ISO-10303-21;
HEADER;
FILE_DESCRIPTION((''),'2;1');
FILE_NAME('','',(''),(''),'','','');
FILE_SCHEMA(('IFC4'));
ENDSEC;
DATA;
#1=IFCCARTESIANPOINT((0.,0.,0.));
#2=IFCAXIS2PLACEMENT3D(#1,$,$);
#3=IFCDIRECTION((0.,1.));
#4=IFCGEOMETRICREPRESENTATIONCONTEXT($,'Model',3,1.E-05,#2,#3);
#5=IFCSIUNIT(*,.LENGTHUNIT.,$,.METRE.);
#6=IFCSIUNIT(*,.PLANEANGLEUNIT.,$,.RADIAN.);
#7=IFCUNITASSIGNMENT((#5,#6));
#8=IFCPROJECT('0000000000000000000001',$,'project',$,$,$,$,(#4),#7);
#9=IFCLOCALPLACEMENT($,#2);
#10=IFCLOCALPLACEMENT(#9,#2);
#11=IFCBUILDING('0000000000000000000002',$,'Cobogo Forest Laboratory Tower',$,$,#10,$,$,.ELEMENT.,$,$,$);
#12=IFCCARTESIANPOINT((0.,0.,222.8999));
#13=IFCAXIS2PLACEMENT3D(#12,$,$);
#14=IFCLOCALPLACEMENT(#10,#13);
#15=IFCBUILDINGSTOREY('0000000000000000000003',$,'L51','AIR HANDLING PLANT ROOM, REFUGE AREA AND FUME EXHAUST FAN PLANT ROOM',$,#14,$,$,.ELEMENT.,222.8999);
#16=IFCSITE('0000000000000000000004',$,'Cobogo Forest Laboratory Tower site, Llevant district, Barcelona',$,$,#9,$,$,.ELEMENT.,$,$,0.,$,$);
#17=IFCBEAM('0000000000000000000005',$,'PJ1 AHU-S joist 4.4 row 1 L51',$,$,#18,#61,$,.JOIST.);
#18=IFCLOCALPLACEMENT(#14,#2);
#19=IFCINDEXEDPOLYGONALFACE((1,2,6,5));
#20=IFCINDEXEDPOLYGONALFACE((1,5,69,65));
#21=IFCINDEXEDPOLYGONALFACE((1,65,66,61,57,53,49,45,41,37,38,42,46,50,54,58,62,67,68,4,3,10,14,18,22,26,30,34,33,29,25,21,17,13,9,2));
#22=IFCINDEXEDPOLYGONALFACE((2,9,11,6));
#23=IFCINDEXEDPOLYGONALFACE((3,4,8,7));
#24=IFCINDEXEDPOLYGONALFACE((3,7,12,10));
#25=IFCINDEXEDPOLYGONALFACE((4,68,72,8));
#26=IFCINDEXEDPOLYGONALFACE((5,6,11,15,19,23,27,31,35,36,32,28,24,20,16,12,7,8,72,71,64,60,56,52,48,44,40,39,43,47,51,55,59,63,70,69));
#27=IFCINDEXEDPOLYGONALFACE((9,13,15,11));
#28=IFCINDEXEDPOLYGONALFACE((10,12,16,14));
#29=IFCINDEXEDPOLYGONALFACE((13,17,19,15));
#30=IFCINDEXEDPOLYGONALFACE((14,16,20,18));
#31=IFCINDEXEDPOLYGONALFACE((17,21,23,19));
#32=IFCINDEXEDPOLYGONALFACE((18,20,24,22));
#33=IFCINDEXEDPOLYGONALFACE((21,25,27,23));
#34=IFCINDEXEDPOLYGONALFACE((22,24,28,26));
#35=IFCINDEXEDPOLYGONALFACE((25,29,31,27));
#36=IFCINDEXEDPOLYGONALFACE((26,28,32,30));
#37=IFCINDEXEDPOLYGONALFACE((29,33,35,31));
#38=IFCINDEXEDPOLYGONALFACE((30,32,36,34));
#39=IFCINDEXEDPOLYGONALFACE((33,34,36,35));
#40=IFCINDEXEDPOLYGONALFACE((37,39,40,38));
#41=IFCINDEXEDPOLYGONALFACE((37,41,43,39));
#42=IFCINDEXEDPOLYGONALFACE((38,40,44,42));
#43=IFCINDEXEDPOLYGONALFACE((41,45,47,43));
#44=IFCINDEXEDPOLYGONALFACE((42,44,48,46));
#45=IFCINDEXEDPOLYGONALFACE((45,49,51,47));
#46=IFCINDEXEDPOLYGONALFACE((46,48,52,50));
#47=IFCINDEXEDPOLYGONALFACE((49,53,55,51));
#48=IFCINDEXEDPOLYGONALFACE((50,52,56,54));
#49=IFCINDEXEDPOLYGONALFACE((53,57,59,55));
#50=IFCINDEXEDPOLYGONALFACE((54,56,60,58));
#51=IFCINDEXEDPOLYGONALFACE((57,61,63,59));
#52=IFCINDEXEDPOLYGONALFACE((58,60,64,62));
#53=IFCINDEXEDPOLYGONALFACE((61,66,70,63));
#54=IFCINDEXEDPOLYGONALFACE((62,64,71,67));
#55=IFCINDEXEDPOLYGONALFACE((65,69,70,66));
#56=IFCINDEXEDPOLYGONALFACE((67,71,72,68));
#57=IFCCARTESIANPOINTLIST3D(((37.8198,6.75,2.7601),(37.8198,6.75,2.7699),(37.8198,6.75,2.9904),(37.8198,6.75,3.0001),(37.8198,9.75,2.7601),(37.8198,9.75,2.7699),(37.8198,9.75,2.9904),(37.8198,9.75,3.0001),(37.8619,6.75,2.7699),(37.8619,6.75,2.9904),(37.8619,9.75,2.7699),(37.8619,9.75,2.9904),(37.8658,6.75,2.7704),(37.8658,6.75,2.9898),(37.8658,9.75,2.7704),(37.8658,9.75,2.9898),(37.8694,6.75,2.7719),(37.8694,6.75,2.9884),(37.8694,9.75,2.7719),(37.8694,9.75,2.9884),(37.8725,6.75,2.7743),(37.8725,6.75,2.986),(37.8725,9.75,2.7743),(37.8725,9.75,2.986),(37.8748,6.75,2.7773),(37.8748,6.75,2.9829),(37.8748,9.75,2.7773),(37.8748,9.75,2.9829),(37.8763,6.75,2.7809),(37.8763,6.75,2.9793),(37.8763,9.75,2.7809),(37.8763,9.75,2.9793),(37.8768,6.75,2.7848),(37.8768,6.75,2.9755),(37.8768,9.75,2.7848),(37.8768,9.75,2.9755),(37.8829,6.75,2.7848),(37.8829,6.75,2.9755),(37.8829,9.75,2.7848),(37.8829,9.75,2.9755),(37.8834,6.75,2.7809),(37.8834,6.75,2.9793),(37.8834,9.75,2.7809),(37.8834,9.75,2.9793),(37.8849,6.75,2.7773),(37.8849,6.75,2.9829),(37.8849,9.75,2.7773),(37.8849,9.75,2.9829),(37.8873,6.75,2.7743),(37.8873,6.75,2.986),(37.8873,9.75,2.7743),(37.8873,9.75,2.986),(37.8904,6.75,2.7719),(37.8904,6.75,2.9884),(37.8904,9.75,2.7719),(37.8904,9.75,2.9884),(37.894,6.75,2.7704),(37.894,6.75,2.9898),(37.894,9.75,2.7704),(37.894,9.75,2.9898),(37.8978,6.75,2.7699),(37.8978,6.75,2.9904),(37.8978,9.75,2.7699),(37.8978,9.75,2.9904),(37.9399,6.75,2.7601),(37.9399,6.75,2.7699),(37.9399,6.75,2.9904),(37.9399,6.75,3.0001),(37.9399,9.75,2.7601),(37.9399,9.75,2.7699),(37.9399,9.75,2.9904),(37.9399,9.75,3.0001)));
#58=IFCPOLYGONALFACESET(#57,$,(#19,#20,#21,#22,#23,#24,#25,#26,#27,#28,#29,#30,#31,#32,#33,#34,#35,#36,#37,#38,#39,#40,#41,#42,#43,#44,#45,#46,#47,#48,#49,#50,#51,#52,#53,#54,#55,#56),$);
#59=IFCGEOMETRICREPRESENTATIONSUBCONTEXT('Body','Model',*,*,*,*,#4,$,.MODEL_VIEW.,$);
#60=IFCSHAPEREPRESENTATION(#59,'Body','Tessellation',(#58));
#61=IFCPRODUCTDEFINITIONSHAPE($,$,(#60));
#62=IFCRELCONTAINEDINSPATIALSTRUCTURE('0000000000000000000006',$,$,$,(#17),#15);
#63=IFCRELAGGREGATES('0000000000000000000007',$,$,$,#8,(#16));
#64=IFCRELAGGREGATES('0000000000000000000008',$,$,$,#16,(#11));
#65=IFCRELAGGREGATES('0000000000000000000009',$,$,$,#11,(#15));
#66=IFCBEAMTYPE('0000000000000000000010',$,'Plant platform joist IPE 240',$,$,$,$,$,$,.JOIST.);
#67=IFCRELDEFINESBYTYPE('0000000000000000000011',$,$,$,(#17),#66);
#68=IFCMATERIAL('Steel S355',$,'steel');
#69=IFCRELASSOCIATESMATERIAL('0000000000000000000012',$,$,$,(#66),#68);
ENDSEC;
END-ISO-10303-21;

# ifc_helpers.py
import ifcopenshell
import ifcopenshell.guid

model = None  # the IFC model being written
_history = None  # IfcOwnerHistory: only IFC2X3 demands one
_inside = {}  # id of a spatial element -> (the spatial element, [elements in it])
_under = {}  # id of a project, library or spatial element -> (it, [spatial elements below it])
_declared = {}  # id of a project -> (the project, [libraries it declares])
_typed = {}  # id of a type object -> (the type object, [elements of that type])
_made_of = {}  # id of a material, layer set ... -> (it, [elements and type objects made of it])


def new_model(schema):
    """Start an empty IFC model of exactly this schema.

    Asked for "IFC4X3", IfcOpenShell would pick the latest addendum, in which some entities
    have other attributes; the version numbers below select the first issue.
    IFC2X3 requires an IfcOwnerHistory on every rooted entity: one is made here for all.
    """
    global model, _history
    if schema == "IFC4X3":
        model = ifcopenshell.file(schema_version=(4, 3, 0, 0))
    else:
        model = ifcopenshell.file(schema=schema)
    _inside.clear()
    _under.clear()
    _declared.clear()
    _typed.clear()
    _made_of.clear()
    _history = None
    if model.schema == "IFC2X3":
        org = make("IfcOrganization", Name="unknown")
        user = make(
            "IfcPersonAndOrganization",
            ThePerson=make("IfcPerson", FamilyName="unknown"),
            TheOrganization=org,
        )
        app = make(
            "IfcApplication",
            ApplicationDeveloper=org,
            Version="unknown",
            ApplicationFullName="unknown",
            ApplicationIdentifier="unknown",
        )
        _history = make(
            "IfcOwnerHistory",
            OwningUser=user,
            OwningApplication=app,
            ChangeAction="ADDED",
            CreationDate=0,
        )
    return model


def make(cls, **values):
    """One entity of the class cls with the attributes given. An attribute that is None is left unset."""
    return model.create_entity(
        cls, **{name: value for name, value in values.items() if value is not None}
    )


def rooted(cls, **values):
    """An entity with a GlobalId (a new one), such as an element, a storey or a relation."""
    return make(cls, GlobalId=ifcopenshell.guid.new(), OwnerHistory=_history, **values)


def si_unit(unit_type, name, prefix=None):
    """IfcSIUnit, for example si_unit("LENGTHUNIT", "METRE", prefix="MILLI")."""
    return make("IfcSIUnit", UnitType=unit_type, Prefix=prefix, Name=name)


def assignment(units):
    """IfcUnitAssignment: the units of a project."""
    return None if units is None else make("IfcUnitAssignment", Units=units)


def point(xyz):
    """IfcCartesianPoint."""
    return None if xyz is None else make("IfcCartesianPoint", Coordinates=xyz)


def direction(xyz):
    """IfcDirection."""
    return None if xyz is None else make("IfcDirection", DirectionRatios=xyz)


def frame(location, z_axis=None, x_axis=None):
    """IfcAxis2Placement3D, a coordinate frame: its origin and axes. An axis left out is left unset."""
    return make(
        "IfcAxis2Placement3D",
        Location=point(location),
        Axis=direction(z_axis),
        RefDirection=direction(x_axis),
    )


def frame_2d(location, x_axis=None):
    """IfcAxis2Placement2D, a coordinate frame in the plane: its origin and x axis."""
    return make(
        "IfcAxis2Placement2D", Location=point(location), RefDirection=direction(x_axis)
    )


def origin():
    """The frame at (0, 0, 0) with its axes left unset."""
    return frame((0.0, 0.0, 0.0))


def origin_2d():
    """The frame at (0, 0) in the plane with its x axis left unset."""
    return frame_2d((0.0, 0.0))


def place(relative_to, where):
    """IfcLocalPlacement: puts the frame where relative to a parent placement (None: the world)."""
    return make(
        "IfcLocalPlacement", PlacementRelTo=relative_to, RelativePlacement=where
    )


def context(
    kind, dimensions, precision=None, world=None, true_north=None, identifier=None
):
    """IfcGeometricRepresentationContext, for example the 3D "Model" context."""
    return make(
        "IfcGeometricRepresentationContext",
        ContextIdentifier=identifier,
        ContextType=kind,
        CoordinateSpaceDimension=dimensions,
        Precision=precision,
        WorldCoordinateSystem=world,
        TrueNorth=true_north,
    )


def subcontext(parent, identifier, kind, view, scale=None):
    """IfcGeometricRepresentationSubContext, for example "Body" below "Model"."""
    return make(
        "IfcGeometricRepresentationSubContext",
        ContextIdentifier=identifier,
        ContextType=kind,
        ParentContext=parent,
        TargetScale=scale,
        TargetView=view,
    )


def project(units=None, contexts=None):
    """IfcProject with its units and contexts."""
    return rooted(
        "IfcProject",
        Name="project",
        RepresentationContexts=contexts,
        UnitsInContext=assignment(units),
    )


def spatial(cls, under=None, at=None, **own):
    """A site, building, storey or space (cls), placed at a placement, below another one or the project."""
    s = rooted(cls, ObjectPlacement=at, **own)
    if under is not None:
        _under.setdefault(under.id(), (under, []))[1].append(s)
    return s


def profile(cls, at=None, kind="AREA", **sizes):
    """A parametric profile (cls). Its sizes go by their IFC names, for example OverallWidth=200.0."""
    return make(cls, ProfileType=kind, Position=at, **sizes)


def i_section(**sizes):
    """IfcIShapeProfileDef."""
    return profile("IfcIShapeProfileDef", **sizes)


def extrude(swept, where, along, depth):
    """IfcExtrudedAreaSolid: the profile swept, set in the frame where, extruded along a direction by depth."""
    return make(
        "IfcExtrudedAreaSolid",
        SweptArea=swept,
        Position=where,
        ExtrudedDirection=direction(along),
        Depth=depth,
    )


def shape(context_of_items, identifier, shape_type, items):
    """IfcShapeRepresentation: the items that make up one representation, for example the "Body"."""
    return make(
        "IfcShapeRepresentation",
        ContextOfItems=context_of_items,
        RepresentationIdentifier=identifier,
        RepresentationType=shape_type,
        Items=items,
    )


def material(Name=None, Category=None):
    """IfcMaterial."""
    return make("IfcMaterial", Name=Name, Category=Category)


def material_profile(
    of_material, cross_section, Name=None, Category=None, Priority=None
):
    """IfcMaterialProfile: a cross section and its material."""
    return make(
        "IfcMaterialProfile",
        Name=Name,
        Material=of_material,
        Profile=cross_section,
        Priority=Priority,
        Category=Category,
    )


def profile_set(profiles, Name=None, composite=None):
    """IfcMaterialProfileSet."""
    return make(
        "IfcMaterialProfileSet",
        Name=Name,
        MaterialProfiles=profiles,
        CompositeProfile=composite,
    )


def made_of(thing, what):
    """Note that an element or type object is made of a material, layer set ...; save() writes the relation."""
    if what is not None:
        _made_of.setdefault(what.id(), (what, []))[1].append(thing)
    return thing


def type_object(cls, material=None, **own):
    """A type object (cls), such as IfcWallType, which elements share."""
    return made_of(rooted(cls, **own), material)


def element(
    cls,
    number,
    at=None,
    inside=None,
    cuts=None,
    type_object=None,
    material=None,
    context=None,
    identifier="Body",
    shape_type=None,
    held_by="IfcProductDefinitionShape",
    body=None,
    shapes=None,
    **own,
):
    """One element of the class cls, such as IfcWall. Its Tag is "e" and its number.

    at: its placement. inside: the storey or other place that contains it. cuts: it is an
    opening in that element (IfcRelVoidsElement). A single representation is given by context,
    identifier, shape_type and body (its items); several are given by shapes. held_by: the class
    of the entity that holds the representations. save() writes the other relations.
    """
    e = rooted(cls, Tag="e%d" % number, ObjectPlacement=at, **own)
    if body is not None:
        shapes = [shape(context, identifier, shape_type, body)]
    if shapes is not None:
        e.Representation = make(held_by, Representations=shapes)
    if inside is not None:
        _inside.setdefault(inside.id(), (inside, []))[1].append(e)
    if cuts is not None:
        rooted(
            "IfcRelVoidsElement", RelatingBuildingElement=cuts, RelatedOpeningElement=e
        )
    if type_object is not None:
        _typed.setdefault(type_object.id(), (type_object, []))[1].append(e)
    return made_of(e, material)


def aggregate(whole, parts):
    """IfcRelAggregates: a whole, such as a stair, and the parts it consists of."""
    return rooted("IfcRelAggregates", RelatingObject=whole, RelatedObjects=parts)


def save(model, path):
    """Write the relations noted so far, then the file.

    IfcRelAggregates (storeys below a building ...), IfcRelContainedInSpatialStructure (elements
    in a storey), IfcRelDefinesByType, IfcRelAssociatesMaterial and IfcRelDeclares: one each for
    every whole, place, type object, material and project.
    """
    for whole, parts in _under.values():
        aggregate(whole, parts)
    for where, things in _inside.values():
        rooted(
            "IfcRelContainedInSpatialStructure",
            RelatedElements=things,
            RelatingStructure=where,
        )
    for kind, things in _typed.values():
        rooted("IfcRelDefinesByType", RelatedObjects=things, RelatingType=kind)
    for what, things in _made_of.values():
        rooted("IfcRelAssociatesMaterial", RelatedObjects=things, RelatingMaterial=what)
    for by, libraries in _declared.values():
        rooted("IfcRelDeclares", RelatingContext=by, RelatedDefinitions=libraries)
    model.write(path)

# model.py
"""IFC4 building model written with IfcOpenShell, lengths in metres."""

from ifc_helpers import new_model, si_unit, direction, frame, origin, origin_2d, place, context, subcontext, project, spatial, i_section, extrude, material, material_profile, profile_set, type_object, element, save


model = new_model("IFC4")

# Units and contexts
model_context = context("Model", 3, precision=1e-05, world=origin(), true_north=direction((0.0, 1.0)))
body_context = subcontext(model_context, "Body", "Model", "MODEL_VIEW")
ifc_project = project(units=[si_unit("LENGTHUNIT", "METRE"), si_unit("PLANEANGLEUNIT", "RADIAN")], contexts=[model_context])

# Site, building, storey
site_placement = place(None, origin())
site = spatial("IfcSite", under=ifc_project, at=site_placement, Name="Cobogo Forest Laboratory Tower site, Llevant district, Barcelona", CompositionType="ELEMENT", RefElevation=0.0)
building_placement = place(site_placement, origin())
building = spatial("IfcBuilding", under=site, at=building_placement, Name="Cobogo Forest Laboratory Tower", CompositionType="ELEMENT")
storey_placement = place(building_placement, frame((0.0, 0.0, 222.8999)))
storey = spatial("IfcBuildingStorey", under=building, at=storey_placement, Name="L51", Description="AIR HANDLING PLANT ROOM, REFUGE AREA AND FUME EXHAUST FAN PLANT ROOM", CompositionType="ELEMENT", Elevation=222.8999)

# Beam
ifc_material = material(Name="Steel S355", Category="steel")
ifc_material_profile_1 = material_profile(ifc_material, i_section(OverallWidth=0.1201, OverallDepth=0.24, WebThickness=0.0061, FlangeThickness=0.0098, FilletRadius=0.0149, at=origin_2d()), Name="IPE 240")
ifc_profile_set_1 = profile_set([ifc_material_profile_1], Name="Steel S355")
beam_type_1 = type_object("IfcBeamType", Name="Plant platform joist IPE 240", PredefinedType="JOIST", material=ifc_profile_set_1)
for number, where, z_axis, x_axis, name in (
    (1, (37.8799, 6.75, 2.8801), (0.0, 1.0, 0.0), (-1.0, 0.0, 0.0), "PJ1 AHU-S joist 4.4 row 1 L51"),
):
    element("IfcBeam", number, at=place(storey_placement, frame(where, z_axis=z_axis, x_axis=x_axis)), inside=storey, type_object=beam_type_1, Name=name, PredefinedType="JOIST", context=body_context, shape_type="SweptSolid", body=[
        extrude(i_section(OverallWidth=0.1201, OverallDepth=0.24, WebThickness=0.0061, FlangeThickness=0.0098, FilletRadius=0.0149, at=origin_2d()), origin(), (0.0, 0.0, 1.0), 3.0),
    ])

save(model, "model.ifc")
